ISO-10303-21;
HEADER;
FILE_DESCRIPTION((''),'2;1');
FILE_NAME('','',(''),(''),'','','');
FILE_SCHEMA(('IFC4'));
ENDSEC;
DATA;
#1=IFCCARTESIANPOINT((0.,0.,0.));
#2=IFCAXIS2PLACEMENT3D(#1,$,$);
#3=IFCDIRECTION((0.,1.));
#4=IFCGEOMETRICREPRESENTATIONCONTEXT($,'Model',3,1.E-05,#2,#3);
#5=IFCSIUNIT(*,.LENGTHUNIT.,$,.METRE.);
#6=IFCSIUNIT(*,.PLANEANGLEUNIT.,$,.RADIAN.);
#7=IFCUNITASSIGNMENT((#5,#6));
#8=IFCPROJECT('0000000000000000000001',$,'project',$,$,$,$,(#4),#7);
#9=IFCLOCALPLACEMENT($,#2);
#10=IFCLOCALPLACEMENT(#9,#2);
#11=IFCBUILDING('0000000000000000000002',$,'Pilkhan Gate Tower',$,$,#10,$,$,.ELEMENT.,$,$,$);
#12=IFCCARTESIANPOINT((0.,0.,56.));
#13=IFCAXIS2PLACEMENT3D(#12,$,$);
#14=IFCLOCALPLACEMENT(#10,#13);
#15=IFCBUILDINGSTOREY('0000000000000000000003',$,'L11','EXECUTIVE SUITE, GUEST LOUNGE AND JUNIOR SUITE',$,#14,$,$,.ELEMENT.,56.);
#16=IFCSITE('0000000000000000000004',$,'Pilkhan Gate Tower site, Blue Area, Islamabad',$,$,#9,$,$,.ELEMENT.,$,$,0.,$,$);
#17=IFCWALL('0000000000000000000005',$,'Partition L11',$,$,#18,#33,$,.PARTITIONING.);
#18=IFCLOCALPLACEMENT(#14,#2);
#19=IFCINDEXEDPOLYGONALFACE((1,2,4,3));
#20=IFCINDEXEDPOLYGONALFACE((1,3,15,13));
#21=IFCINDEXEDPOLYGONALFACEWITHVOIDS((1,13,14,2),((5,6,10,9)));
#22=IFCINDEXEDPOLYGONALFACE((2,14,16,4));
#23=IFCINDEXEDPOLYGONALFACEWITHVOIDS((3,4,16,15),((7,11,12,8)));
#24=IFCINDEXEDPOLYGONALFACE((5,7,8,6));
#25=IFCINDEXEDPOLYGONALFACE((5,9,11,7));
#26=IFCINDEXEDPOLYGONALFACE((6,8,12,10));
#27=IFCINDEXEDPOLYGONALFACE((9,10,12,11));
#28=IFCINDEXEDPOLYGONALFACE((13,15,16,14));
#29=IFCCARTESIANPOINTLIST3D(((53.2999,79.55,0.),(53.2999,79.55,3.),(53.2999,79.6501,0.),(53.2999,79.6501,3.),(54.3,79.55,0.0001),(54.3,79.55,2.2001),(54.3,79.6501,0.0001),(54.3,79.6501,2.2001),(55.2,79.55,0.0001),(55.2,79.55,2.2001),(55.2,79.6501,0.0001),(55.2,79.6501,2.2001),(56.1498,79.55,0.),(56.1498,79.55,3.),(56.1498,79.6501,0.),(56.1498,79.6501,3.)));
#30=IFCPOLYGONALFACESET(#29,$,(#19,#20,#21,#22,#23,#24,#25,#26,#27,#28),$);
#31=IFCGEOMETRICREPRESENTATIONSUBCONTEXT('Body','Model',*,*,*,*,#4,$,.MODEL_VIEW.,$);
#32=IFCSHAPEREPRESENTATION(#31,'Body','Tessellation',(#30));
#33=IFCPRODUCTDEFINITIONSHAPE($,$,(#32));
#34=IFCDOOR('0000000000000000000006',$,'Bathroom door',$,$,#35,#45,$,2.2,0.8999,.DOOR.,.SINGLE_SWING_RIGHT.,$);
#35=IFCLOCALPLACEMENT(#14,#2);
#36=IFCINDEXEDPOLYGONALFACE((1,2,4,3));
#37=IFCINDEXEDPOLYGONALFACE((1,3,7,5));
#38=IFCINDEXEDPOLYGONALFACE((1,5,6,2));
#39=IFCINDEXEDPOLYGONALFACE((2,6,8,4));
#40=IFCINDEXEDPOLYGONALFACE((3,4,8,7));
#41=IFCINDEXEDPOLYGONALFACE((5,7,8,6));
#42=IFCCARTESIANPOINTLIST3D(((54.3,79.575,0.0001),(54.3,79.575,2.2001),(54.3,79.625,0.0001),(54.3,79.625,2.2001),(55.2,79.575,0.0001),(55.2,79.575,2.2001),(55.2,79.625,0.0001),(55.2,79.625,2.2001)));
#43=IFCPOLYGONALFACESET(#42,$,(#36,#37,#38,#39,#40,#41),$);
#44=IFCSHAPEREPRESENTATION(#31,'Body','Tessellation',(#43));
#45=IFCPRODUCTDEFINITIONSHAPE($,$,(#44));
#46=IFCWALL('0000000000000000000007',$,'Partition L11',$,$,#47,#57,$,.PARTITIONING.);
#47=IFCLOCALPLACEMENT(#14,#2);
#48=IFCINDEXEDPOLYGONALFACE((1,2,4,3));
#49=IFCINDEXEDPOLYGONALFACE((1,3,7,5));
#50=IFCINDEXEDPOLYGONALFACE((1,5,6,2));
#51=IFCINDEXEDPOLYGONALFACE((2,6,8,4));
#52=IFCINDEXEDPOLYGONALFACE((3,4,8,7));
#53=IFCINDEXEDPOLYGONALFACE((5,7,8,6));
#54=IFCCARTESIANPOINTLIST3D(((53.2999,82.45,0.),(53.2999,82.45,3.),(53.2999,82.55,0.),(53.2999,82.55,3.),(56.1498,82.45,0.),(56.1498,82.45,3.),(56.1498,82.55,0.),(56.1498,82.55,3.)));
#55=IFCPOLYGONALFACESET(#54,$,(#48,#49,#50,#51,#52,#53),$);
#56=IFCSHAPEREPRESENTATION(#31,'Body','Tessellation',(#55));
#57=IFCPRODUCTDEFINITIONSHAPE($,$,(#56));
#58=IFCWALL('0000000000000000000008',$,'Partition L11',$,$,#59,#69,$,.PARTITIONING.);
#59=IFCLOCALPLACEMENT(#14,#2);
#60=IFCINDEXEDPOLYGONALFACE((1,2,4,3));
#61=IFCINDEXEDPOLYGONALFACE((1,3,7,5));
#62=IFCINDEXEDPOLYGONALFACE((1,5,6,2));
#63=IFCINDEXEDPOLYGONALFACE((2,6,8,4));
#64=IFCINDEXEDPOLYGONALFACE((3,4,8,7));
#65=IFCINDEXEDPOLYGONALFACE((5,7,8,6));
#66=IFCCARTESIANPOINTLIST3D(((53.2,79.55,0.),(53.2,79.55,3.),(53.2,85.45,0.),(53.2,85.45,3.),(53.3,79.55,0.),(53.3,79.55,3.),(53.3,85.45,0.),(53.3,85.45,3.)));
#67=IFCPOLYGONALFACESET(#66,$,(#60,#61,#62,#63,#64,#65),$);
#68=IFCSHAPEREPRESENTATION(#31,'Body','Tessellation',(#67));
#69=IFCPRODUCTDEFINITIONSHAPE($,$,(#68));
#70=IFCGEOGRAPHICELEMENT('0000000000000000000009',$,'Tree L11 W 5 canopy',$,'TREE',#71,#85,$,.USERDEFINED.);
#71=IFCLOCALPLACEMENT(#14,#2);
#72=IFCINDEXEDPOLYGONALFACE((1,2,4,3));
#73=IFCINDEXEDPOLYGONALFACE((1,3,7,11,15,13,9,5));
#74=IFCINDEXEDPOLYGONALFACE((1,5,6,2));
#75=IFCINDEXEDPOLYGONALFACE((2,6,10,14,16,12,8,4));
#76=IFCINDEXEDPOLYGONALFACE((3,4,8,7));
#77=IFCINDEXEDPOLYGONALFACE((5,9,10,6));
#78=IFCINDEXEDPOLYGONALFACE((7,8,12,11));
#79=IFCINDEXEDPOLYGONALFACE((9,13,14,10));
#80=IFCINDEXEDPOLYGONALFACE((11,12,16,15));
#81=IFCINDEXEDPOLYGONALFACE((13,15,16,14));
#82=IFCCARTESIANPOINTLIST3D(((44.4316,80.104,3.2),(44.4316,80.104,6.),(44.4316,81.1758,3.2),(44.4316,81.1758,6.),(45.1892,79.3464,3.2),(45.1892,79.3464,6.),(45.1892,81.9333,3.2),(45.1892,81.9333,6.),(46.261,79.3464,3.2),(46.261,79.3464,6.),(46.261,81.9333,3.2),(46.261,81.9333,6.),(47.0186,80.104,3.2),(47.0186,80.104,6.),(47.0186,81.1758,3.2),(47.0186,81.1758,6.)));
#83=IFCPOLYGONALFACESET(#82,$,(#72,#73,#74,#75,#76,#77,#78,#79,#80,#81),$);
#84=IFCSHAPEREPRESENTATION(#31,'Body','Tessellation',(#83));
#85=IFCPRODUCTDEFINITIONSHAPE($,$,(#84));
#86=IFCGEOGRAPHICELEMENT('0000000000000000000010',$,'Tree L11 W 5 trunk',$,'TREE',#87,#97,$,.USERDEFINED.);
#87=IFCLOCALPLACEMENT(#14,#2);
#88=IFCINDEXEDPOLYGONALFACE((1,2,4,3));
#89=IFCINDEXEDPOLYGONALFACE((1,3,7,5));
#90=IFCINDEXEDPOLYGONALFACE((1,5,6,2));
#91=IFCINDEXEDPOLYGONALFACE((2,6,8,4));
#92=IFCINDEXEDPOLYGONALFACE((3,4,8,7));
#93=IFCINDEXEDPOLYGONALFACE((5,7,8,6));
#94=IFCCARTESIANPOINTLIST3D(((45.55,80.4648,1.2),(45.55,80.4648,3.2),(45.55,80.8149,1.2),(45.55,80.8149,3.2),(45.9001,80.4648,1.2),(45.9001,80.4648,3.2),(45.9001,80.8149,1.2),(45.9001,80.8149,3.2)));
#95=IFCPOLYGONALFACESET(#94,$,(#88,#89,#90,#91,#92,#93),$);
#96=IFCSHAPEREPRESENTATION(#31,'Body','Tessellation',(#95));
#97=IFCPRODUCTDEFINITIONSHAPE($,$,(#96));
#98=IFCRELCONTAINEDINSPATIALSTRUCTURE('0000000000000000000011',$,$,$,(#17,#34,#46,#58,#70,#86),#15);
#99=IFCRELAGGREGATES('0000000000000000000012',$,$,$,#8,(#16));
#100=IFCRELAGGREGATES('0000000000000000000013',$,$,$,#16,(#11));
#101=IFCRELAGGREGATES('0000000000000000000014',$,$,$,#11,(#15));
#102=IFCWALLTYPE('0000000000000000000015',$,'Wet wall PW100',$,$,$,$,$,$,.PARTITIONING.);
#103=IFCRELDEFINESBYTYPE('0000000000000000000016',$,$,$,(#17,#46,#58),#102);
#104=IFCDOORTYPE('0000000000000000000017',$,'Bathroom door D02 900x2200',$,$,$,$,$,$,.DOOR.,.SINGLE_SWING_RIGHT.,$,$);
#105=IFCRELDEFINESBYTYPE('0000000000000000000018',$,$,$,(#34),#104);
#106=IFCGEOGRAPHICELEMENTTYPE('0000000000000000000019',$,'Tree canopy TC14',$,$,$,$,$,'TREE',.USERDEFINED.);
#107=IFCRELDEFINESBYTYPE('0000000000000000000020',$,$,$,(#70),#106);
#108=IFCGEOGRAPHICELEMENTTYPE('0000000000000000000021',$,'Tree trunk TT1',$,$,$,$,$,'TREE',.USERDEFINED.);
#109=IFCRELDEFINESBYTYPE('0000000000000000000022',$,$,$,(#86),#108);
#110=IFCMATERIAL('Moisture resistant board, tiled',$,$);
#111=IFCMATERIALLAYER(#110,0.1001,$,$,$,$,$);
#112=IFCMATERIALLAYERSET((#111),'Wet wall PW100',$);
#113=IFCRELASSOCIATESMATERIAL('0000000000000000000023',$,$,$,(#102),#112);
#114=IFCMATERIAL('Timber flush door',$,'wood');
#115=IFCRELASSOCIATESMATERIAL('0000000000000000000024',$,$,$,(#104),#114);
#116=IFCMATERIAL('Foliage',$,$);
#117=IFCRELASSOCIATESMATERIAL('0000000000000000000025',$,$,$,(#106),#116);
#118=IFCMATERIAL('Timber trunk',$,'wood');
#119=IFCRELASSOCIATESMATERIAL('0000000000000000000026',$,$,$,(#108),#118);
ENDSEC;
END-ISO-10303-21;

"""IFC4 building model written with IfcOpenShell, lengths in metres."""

from ifc_helpers import new_model, si_unit, direction, frame, frame_2d, origin, origin_2d, place, context, subcontext, project, spatial, polyline, rectangle, outline, extrude, material, layer, layer_set, material_profile, profile_set, type_object, element, fill, save


model = new_model("IFC4")

# Units and contexts
model_context = context("Model", 3, precision=1e-05, world=origin(), true_north=direction((0.0, 1.0)))
body_context = subcontext(model_context, "Body", "Model", "MODEL_VIEW")
ifc_project = project(units=[si_unit("LENGTHUNIT", "METRE"), si_unit("PLANEANGLEUNIT", "RADIAN")], contexts=[model_context])

# Site, building, storey
site_placement = place(None, origin())
site = spatial("IfcSite", under=ifc_project, at=site_placement, Name="Pilkhan Gate Tower site, Blue Area, Islamabad", CompositionType="ELEMENT", RefElevation=0.0)
building_placement = place(site_placement, origin())
building = spatial("IfcBuilding", under=site, at=building_placement, Name="Pilkhan Gate Tower", CompositionType="ELEMENT")
storey_placement = place(building_placement, frame((0.0, 0.0, 56.0)))
storey = spatial("IfcBuildingStorey", under=building, at=storey_placement, Name="L11", Description="EXECUTIVE SUITE, GUEST LOUNGE AND JUNIOR SUITE", CompositionType="ELEMENT", Elevation=56.0)

# Wall, opening, door
ifc_material_1 = material(Name="Moisture resistant board, tiled")
ifc_layer_1 = layer(ifc_material_1, 0.1001)
ifc_layer_set_1 = layer_set([ifc_layer_1], Name="Wet wall PW100")
wall_type_1 = type_object("IfcWallType", Name="Wet wall PW100", PredefinedType="PARTITIONING", material=ifc_layer_set_1)
wall_1_placement = place(storey_placement, frame((53.3, 79.6001, 0.0), z_axis=(0.0, 0.0, 1.0), x_axis=(1.0, 0.0, 0.0)))
wall_1 = element("IfcWall", 1, at=wall_1_placement, inside=storey, type_object=wall_type_1, Name="Partition L11", PredefinedType="PARTITIONING", context=body_context, shape_type="SweptSolid", body=[
    extrude(rectangle(XDim=2.8499, YDim=0.1001, at=frame_2d((1.4248, 0.0))), origin(), (0.0, 0.0, 1.0), 3.0),
])
opening_placement = place(wall_1_placement, frame((1.0, 0.0, 0.0)))
opening = element("IfcOpeningElement", 2, at=opening_placement, cuts=wall_1, PredefinedType="OPENING", context=body_context, shape_type="SweptSolid", body=[
    extrude(rectangle(XDim=0.8999, YDim=2.2, at=frame_2d((0.45, 1.1001))), frame((0.0, 0.0601, 0.0), z_axis=(0.0, -1.0, 0.0), x_axis=(1.0, 0.0, 0.0)), (0.0, 0.0, 1.0), 0.1201),
])
ifc_material_2 = material(Name="Timber flush door", Category="wood")
door_type = type_object("IfcDoorType", Name="Bathroom door D02 900x2200", OperationType="SINGLE_SWING_RIGHT", PredefinedType="DOOR", material=ifc_material_2)
door_placement = place(opening_placement, origin())
door = element("IfcDoor", 3, at=door_placement, inside=storey, type_object=door_type, Name="Bathroom door", OperationType="SINGLE_SWING_RIGHT", OverallHeight=2.2, OverallWidth=0.8999, PredefinedType="DOOR", context=body_context, shape_type="SweptSolid", body=[
    extrude(rectangle(XDim=0.8999, YDim=2.2, at=frame_2d((0.45, 1.1001))), frame((0.0, 0.0249, 0.0), z_axis=(0.0, -1.0, 0.0), x_axis=(1.0, 0.0, 0.0)), (0.0, 0.0, 1.0), 0.05),
])
fill(opening, door)

# Walls
wall_2_placement = place(storey_placement, frame((53.3, 82.5, 0.0), z_axis=(0.0, 0.0, 1.0), x_axis=(1.0, 0.0, 0.0)))
element("IfcWall", 4, at=wall_2_placement, inside=storey, type_object=wall_type_1, Name="Partition L11", PredefinedType="PARTITIONING", context=body_context, shape_type="SweptSolid", body=[
    extrude(rectangle(XDim=2.8499, YDim=0.1001, at=frame_2d((1.4248, 0.0))), origin(), (0.0, 0.0, 1.0), 3.0),
])
wall_3_placement = place(storey_placement, frame((53.25, 79.55, 0.0), z_axis=(0.0, 0.0, 1.0), x_axis=(0.0, 1.0, 0.0)))
element("IfcWall", 5, at=wall_3_placement, inside=storey, type_object=wall_type_1, Name="Partition L11", PredefinedType="PARTITIONING", context=body_context, shape_type="SweptSolid", body=[
    extrude(rectangle(XDim=5.8999, YDim=0.1001, at=frame_2d((2.95, 0.0))), origin(), (0.0, 0.0, 1.0), 3.0),
])

# Geographic elements
ifc_material_3 = material(Name="Foliage")
ifc_material_profile_1 = material_profile(ifc_material_3, outline(polyline([(1.2935, 0.5359), (0.5359, 1.2935), (-0.5359, 1.2935), (-1.2935, 0.5359), (-1.2935, -0.5359), (-0.5359, -1.2935), (0.5359, -1.2935), (1.2935, -0.5359), (1.2935, 0.5359)])), Name="Canopy D2.8")
ifc_profile_set_1 = profile_set([ifc_material_profile_1], Name="Foliage")
geographic_element_type_1 = type_object("IfcGeographicElementType", Name="Tree canopy TC14", ElementType="TREE", PredefinedType="USERDEFINED", material=ifc_profile_set_1)
geographic_element_1_placement = place(storey_placement, frame((45.7251, 80.6399, 3.2), z_axis=(0.0, 0.0, 1.0), x_axis=(1.0, 0.0, 0.0)))
element("IfcGeographicElement", 6, at=geographic_element_1_placement, inside=storey, type_object=geographic_element_type_1, Name="Tree L11 W 5 canopy", ObjectType="TREE", PredefinedType="USERDEFINED", context=body_context, shape_type="SweptSolid", body=[
    extrude(outline(polyline([(1.2935, 0.5359), (0.5359, 1.2935), (-0.5359, 1.2935), (-1.2935, 0.5359), (-1.2935, -0.5359), (-0.5359, -1.2935), (0.5359, -1.2935), (1.2935, -0.5359), (1.2935, 0.5359)])), origin(), (0.0, 0.0, 1.0), 2.8),
])
ifc_material_4 = material(Name="Timber trunk", Category="wood")
geographic_element_type_2 = type_object("IfcGeographicElementType", Name="Tree trunk TT1", ElementType="TREE", PredefinedType="USERDEFINED", material=ifc_material_4)
geographic_element_2_placement = place(storey_placement, frame((45.7251, 80.6399, 1.2), z_axis=(0.0, 0.0, 1.0), x_axis=(1.0, 0.0, 0.0)))
element("IfcGeographicElement", 7, at=geographic_element_2_placement, inside=storey, type_object=geographic_element_type_2, Name="Tree L11 W 5 trunk", ObjectType="TREE", PredefinedType="USERDEFINED", context=body_context, shape_type="SweptSolid", body=[
    extrude(rectangle(XDim=0.3501, YDim=0.3501, at=origin_2d()), origin(), (0.0, 0.0, 1.0), 2.0),
])

save(model, "model.ifc")
